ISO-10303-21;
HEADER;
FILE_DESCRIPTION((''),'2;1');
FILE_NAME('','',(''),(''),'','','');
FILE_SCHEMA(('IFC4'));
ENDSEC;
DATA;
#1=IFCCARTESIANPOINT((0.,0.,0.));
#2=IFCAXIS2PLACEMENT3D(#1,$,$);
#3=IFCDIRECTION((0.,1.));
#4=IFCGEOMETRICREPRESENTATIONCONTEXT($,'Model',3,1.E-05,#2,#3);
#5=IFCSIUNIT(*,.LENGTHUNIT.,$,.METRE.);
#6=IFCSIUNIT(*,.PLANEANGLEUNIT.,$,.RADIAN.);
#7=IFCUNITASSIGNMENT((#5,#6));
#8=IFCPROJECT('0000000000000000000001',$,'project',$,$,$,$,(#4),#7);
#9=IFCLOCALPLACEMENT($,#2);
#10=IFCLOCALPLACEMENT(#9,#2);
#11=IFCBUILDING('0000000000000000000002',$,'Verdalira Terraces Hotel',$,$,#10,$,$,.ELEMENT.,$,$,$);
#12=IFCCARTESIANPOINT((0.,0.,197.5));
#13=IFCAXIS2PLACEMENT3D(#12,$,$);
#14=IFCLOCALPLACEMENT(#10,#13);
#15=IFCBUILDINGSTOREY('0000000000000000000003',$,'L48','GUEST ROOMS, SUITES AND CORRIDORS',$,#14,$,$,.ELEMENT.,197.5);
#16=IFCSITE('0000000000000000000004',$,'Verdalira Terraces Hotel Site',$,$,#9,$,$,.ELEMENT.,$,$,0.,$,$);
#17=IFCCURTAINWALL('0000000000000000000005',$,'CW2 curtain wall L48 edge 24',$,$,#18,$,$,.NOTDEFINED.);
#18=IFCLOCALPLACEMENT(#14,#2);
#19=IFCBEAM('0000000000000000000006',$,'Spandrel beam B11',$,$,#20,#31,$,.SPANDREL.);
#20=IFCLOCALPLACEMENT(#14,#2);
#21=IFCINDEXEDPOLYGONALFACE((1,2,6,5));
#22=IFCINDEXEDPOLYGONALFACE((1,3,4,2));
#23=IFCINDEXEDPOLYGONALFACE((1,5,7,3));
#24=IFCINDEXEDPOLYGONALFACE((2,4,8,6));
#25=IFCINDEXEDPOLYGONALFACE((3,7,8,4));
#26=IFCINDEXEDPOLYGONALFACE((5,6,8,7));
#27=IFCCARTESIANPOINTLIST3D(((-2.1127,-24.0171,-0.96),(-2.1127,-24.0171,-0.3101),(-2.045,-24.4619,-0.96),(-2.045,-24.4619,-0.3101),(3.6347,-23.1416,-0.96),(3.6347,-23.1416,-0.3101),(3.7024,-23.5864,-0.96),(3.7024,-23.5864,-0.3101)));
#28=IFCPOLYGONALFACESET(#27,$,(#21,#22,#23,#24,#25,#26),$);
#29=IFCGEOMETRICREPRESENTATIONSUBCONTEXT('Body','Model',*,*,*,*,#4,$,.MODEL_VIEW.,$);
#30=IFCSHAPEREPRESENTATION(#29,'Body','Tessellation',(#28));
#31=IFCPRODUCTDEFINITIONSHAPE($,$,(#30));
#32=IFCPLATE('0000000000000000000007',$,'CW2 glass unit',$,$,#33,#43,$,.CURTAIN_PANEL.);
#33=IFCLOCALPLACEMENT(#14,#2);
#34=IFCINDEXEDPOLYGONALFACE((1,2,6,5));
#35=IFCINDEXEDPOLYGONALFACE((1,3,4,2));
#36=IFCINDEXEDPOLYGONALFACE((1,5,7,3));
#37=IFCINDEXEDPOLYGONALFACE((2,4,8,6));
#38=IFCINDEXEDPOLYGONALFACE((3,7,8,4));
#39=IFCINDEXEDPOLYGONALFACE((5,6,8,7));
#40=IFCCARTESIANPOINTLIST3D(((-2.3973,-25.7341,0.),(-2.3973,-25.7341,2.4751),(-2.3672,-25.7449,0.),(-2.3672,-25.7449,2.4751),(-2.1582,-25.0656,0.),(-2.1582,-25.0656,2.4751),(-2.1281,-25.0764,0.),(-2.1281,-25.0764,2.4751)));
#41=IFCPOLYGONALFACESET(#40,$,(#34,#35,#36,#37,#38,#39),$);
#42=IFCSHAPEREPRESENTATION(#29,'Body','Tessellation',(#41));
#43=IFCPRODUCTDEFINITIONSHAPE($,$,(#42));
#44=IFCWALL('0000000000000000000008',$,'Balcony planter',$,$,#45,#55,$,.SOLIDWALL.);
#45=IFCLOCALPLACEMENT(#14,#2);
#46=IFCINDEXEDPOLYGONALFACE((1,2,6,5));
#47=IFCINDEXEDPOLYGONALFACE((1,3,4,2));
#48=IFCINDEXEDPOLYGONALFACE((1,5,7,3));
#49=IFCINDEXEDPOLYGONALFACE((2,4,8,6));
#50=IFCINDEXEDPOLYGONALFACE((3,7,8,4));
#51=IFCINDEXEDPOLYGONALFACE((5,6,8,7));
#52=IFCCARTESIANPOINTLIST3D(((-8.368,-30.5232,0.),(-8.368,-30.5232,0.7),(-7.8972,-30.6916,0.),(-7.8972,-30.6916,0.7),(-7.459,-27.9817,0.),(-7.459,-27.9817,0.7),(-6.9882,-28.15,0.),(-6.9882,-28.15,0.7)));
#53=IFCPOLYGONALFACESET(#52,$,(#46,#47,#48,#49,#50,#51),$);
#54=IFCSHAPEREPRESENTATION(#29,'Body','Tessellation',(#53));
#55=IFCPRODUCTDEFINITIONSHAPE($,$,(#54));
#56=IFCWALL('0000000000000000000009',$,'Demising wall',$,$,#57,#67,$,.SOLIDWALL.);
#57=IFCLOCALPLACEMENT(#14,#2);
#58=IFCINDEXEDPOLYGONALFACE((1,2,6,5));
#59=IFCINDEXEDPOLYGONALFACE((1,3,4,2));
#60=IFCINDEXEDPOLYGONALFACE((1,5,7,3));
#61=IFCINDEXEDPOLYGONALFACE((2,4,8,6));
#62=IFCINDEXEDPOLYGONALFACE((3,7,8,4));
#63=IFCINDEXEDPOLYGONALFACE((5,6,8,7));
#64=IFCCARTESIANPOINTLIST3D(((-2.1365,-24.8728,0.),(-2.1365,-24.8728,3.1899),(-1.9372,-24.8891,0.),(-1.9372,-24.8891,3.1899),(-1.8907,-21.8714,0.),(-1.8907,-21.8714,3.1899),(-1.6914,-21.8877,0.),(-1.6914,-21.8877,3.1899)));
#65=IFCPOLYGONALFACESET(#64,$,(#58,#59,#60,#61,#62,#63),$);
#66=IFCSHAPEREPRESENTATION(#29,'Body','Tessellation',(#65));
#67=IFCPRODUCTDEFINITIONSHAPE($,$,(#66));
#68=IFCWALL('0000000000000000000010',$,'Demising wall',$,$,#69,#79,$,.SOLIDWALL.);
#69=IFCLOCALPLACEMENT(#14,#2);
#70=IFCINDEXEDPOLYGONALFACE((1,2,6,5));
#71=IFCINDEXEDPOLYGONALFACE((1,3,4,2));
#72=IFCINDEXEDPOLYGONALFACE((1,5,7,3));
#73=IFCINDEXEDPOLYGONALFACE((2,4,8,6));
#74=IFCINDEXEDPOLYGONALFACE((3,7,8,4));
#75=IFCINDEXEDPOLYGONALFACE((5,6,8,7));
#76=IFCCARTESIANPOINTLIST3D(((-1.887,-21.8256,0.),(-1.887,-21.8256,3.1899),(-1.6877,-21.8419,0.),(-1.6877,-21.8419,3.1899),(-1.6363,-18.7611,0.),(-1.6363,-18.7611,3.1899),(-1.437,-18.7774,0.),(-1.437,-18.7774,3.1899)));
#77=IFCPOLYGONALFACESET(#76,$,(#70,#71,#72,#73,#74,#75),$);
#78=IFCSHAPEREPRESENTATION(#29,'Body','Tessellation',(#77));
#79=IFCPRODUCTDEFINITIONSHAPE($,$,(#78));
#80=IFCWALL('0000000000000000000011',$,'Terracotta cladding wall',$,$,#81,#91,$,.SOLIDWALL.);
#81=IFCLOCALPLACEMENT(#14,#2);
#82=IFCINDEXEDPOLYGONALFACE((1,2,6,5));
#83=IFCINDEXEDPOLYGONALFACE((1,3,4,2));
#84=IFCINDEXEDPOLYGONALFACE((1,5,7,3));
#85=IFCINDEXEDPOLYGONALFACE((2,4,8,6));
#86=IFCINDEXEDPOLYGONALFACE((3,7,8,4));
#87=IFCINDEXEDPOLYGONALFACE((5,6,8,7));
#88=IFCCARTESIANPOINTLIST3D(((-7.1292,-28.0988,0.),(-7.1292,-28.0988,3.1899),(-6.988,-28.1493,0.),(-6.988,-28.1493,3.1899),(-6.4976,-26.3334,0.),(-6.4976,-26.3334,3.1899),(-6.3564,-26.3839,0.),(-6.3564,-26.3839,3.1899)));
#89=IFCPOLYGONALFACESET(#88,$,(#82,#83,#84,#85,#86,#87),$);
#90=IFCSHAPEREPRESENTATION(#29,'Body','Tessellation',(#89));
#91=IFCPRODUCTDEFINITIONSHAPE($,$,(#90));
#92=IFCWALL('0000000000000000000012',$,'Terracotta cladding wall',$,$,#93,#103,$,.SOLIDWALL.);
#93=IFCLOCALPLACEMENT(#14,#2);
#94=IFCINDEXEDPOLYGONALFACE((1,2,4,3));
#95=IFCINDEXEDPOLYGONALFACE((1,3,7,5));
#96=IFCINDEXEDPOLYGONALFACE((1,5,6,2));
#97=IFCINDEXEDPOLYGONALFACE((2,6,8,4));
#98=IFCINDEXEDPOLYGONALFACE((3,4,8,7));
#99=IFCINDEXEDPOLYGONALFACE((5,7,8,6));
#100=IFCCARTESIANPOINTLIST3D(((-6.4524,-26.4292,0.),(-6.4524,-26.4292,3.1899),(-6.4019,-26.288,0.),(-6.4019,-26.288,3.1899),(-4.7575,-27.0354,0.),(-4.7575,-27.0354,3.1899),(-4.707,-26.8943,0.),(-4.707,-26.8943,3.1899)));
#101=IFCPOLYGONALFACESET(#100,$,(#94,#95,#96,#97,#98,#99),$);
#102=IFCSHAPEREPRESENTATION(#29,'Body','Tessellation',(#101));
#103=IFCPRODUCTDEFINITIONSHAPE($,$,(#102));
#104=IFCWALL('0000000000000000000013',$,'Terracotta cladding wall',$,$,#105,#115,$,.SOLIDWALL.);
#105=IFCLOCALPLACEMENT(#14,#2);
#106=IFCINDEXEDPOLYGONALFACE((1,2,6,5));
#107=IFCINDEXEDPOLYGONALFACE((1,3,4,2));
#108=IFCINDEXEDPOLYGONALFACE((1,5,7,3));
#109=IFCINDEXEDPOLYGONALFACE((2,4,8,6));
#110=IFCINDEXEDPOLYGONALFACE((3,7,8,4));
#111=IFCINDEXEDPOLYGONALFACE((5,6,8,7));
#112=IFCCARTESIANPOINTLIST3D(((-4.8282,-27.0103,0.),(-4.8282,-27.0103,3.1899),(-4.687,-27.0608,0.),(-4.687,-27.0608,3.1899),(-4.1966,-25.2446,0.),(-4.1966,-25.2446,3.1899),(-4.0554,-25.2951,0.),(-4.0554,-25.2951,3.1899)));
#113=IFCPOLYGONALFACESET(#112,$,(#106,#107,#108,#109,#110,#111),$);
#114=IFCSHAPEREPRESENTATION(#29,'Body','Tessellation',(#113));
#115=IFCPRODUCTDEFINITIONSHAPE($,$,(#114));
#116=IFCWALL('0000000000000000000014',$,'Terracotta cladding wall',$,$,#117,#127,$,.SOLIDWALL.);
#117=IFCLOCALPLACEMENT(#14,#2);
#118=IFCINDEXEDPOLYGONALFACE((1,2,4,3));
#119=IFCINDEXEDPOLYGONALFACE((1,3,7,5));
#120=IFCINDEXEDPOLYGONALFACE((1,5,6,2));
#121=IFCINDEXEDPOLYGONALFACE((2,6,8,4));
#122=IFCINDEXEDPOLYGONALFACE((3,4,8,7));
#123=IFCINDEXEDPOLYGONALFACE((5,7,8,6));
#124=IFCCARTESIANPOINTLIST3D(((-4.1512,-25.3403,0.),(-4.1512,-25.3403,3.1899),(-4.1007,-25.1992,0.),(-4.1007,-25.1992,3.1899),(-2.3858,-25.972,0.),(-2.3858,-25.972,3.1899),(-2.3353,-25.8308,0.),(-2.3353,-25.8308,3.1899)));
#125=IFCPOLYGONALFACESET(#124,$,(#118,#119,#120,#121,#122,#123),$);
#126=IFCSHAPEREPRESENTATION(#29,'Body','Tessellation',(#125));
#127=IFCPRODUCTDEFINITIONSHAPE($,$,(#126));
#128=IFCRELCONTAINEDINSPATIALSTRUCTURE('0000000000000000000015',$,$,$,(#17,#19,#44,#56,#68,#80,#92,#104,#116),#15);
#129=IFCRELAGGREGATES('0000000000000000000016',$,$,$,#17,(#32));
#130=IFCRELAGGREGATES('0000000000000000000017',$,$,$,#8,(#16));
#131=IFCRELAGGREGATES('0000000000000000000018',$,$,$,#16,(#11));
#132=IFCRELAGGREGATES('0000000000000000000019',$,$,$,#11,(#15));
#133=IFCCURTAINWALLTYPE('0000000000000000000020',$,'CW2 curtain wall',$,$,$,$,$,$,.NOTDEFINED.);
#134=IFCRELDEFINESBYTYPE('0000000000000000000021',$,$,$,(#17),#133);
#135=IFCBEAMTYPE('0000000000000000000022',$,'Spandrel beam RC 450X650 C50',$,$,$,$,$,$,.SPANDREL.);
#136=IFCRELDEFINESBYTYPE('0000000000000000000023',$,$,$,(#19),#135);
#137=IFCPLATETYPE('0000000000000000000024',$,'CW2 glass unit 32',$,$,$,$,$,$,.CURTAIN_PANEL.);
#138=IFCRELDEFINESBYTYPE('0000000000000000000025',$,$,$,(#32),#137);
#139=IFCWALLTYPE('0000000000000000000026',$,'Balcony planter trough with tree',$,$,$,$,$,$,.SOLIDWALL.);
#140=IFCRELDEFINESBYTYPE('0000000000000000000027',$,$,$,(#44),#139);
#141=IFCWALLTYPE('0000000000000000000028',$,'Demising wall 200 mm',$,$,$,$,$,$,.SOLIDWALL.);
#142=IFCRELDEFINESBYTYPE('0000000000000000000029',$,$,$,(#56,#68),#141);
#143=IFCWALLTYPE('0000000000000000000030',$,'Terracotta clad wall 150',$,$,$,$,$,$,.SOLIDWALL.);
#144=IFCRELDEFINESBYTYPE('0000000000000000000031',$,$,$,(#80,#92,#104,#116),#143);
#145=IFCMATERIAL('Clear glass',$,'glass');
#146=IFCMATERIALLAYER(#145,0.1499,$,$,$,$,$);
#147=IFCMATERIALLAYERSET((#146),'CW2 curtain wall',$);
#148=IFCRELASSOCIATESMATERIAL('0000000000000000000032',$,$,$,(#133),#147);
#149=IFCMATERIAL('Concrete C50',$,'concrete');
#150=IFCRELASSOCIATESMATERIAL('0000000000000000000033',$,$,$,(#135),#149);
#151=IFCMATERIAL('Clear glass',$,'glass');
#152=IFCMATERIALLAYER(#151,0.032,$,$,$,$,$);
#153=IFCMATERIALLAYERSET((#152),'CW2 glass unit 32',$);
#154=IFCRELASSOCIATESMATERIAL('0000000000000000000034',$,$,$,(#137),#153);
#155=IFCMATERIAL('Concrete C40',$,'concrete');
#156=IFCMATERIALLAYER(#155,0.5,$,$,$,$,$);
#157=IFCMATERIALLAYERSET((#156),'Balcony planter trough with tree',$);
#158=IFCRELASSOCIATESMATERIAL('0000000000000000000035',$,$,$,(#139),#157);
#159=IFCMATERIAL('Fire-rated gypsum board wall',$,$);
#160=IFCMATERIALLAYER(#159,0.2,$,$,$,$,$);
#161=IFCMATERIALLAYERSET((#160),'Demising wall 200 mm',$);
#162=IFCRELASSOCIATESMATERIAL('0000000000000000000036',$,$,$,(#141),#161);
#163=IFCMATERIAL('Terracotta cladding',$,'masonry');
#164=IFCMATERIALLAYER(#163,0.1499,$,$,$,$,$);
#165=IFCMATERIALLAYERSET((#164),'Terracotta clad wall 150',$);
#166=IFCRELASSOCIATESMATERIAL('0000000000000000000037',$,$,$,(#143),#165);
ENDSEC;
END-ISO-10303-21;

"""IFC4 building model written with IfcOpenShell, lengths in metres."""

from ifc_helpers import new_model, si_unit, direction, frame, frame_2d, origin, origin_2d, place, context, subcontext, project, spatial, rectangle, extrude, material, layer, layer_set, material_profile, profile_set, type_object, element, aggregate, save


model = new_model("IFC4")

# Units and contexts
model_context = context("Model", 3, precision=1e-05, world=origin(), true_north=direction((0.0, 1.0)))
body_context = subcontext(model_context, "Body", "Model", "MODEL_VIEW")
ifc_project = project(units=[si_unit("LENGTHUNIT", "METRE"), si_unit("PLANEANGLEUNIT", "RADIAN")], contexts=[model_context])

# Site, building, storey
site_placement = place(None, origin())
site = spatial("IfcSite", under=ifc_project, at=site_placement, Name="Verdalira Terraces Hotel Site", CompositionType="ELEMENT", RefElevation=0.0)
building_placement = place(site_placement, origin())
building = spatial("IfcBuilding", under=site, at=building_placement, Name="Verdalira Terraces Hotel", CompositionType="ELEMENT")
storey_placement = place(building_placement, frame((0.0, 0.0, 197.5)))
storey = spatial("IfcBuildingStorey", under=building, at=storey_placement, Name="L48", Description="GUEST ROOMS, SUITES AND CORRIDORS", CompositionType="ELEMENT", Elevation=197.5)

# Curtain wall
ifc_material_1 = material(Name="Clear glass", Category="glass")
ifc_layer_1 = layer(ifc_material_1, 0.1499)
ifc_layer_set_1 = layer_set([ifc_layer_1], Name="CW2 curtain wall")
curtain_wall_type_1 = type_object("IfcCurtainWallType", Name="CW2 curtain wall", PredefinedType="NOTDEFINED", material=ifc_layer_set_1)
curtain_wall_1_placement = place(storey_placement, origin())
curtain_wall_1 = element("IfcCurtainWall", 1, at=curtain_wall_1_placement, inside=storey, type_object=curtain_wall_type_1, Name="CW2 curtain wall L48 edge 24", PredefinedType="NOTDEFINED")

# Beam
ifc_material_2 = material(Name="Concrete C50", Category="concrete")
ifc_material_profile_1 = material_profile(ifc_material_2, rectangle(XDim=0.45, YDim=0.6499, at=origin_2d()), Name="RC 450X650")
ifc_profile_set_1 = profile_set([ifc_material_profile_1], Name="Concrete C50")
beam_type_1 = type_object("IfcBeamType", Name="Spandrel beam RC 450X650 C50", PredefinedType="SPANDREL", material=ifc_profile_set_1)
beam_1_placement = place(storey_placement, frame((-2.0789, -24.2395, -0.635), z_axis=(0.988596, 0.150593, 0.0), x_axis=(-0.150593, 0.988596, 0.0)))
element("IfcBeam", 2, at=beam_1_placement, inside=storey, type_object=beam_type_1, Name="Spandrel beam B11", PredefinedType="SPANDREL", context=body_context, shape_type="SweptSolid", body=[
    extrude(rectangle(XDim=0.45, YDim=0.6499, at=origin_2d()), origin(), (0.0, 0.0, 1.0), 5.8137),
])

# Plate
ifc_material_3 = material(Name="Clear glass", Category="glass")
ifc_layer_2 = layer(ifc_material_3, 0.032)
ifc_layer_set_2 = layer_set([ifc_layer_2], Name="CW2 glass unit 32")
plate_type = type_object("IfcPlateType", Name="CW2 glass unit 32", PredefinedType="CURTAIN_PANEL", material=ifc_layer_set_2)
plate_placement = place(storey_placement, frame((-2.2627, -25.4053, 0.0), z_axis=(0.0, 0.0, 1.0), x_axis=(0.336767, 0.941588, 0.0)))
plate = element("IfcPlate", 3, at=plate_placement, type_object=plate_type, Name="CW2 glass unit", PredefinedType="CURTAIN_PANEL", context=body_context, shape_type="SweptSolid", body=[
    extrude(rectangle(XDim=0.71, YDim=0.032, at=origin_2d()), origin(), (0.0, 0.0, 1.0), 2.4751),
])
aggregate(curtain_wall_1, [plate])

# Walls
ifc_material_4 = material(Name="Concrete C40", Category="concrete")
ifc_layer_3 = layer(ifc_material_4, 0.5)
ifc_layer_set_3 = layer_set([ifc_layer_3], Name="Balcony planter trough with tree")
wall_type_1 = type_object("IfcWallType", Name="Balcony planter trough with tree", PredefinedType="SOLIDWALL", material=ifc_layer_set_3)
wall_1_placement = place(storey_placement, frame((-8.1326, -30.6074, 0.0), z_axis=(0.0, 0.0, 1.0), x_axis=(0.336749, 0.941594, 0.0)))
element("IfcWall", 4, at=wall_1_placement, inside=storey, type_object=wall_type_1, Name="Balcony planter", PredefinedType="SOLIDWALL", context=body_context, shape_type="SweptSolid", body=[
    extrude(rectangle(XDim=2.6992, YDim=0.5, at=frame_2d((1.3496, 0.0))), origin(), (0.0, 0.0, 1.0), 0.7),
])
ifc_material_5 = material(Name="Fire-rated gypsum board wall")
ifc_layer_4 = layer(ifc_material_5, 0.2)
ifc_layer_set_4 = layer_set([ifc_layer_4], Name="Demising wall 200 mm")
wall_type_2 = type_object("IfcWallType", Name="Demising wall 200 mm", PredefinedType="SOLIDWALL", material=ifc_layer_set_4)
wall_2_placement = place(storey_placement, frame((-1.791, -21.8794, 0.0), z_axis=(0.0, 0.0, 1.0), x_axis=(-0.081636, -0.996662, 0.0)))
element("IfcWall", 5, at=wall_2_placement, inside=storey, type_object=wall_type_2, Name="Demising wall", PredefinedType="SOLIDWALL", context=body_context, shape_type="SweptSolid", body=[
    extrude(rectangle(XDim=3.0115, YDim=0.2, at=frame_2d((1.5059, 0.0))), origin(), (0.0, 0.0, 1.0), 3.1899),
])
wall_3_placement = place(storey_placement, frame((-1.5366, -18.7693, 0.0), z_axis=(0.0, 0.0, 1.0), x_axis=(-0.081547, -0.996669, 0.0)))
element("IfcWall", 6, at=wall_3_placement, inside=storey, type_object=wall_type_2, Name="Demising wall", PredefinedType="SOLIDWALL", context=body_context, shape_type="SweptSolid", body=[
    extrude(rectangle(XDim=3.0747, YDim=0.2, at=frame_2d((1.5374, 0.0))), origin(), (0.0, 0.0, 1.0), 3.1899),
])
ifc_material_6 = material(Name="Terracotta cladding", Category="masonry")
ifc_layer_5 = layer(ifc_material_6, 0.1499)
ifc_layer_set_5 = layer_set([ifc_layer_5], Name="Terracotta clad wall 150")
wall_type_3 = type_object("IfcWallType", Name="Terracotta clad wall 150", PredefinedType="SOLIDWALL", material=ifc_layer_set_5)
wall_4_placement = place(storey_placement, frame((-7.0586, -28.124, 0.0), z_axis=(0.0, 0.0, 1.0), x_axis=(0.336856, 0.941556, 0.0)))
element("IfcWall", 7, at=wall_4_placement, inside=storey, type_object=wall_type_3, Name="Terracotta cladding wall", PredefinedType="SOLIDWALL", context=body_context, shape_type="SweptSolid", body=[
    extrude(rectangle(XDim=1.875, YDim=0.1499, at=frame_2d((0.9375, 0.0))), origin(), (0.0, 0.0, 1.0), 3.1899),
])
wall_5_placement = place(storey_placement, frame((-6.427, -26.3586, 0.0), z_axis=(0.0, 0.0, 1.0), x_axis=(0.941582, -0.336783, 0.0)))
element("IfcWall", 8, at=wall_5_placement, inside=storey, type_object=wall_type_3, Name="Terracotta cladding wall", PredefinedType="SOLIDWALL", context=body_context, shape_type="SweptSolid", body=[
    extrude(rectangle(XDim=1.8, YDim=0.1499, at=frame_2d((0.8999, 0.0))), origin(), (0.0, 0.0, 1.0), 3.1899),
])
wall_6_placement = place(storey_placement, frame((-4.7576, -27.0354, 0.0), z_axis=(0.0, 0.0, 1.0), x_axis=(0.336815, 0.941571, 0.0)))
element("IfcWall", 9, at=wall_6_placement, inside=storey, type_object=wall_type_3, Name="Terracotta cladding wall", PredefinedType="SOLIDWALL", context=body_context, shape_type="SweptSolid", body=[
    extrude(rectangle(XDim=1.8752, YDim=0.1499, at=frame_2d((0.9375, 0.0))), origin(), (0.0, 0.0, 1.0), 3.1899),
])
wall_7_placement = place(storey_placement, frame((-4.126, -25.2698, 0.0), z_axis=(0.0, 0.0, 1.0), x_axis=(0.941556, -0.336856, 0.0)))
element("IfcWall", 10, at=wall_7_placement, inside=storey, type_object=wall_type_3, Name="Terracotta cladding wall", PredefinedType="SOLIDWALL", context=body_context, shape_type="SweptSolid", body=[
    extrude(rectangle(XDim=1.875, YDim=0.1499, at=frame_2d((0.9375, 0.0))), origin(), (0.0, 0.0, 1.0), 3.1899),
])

save(model, "model.ifc")
